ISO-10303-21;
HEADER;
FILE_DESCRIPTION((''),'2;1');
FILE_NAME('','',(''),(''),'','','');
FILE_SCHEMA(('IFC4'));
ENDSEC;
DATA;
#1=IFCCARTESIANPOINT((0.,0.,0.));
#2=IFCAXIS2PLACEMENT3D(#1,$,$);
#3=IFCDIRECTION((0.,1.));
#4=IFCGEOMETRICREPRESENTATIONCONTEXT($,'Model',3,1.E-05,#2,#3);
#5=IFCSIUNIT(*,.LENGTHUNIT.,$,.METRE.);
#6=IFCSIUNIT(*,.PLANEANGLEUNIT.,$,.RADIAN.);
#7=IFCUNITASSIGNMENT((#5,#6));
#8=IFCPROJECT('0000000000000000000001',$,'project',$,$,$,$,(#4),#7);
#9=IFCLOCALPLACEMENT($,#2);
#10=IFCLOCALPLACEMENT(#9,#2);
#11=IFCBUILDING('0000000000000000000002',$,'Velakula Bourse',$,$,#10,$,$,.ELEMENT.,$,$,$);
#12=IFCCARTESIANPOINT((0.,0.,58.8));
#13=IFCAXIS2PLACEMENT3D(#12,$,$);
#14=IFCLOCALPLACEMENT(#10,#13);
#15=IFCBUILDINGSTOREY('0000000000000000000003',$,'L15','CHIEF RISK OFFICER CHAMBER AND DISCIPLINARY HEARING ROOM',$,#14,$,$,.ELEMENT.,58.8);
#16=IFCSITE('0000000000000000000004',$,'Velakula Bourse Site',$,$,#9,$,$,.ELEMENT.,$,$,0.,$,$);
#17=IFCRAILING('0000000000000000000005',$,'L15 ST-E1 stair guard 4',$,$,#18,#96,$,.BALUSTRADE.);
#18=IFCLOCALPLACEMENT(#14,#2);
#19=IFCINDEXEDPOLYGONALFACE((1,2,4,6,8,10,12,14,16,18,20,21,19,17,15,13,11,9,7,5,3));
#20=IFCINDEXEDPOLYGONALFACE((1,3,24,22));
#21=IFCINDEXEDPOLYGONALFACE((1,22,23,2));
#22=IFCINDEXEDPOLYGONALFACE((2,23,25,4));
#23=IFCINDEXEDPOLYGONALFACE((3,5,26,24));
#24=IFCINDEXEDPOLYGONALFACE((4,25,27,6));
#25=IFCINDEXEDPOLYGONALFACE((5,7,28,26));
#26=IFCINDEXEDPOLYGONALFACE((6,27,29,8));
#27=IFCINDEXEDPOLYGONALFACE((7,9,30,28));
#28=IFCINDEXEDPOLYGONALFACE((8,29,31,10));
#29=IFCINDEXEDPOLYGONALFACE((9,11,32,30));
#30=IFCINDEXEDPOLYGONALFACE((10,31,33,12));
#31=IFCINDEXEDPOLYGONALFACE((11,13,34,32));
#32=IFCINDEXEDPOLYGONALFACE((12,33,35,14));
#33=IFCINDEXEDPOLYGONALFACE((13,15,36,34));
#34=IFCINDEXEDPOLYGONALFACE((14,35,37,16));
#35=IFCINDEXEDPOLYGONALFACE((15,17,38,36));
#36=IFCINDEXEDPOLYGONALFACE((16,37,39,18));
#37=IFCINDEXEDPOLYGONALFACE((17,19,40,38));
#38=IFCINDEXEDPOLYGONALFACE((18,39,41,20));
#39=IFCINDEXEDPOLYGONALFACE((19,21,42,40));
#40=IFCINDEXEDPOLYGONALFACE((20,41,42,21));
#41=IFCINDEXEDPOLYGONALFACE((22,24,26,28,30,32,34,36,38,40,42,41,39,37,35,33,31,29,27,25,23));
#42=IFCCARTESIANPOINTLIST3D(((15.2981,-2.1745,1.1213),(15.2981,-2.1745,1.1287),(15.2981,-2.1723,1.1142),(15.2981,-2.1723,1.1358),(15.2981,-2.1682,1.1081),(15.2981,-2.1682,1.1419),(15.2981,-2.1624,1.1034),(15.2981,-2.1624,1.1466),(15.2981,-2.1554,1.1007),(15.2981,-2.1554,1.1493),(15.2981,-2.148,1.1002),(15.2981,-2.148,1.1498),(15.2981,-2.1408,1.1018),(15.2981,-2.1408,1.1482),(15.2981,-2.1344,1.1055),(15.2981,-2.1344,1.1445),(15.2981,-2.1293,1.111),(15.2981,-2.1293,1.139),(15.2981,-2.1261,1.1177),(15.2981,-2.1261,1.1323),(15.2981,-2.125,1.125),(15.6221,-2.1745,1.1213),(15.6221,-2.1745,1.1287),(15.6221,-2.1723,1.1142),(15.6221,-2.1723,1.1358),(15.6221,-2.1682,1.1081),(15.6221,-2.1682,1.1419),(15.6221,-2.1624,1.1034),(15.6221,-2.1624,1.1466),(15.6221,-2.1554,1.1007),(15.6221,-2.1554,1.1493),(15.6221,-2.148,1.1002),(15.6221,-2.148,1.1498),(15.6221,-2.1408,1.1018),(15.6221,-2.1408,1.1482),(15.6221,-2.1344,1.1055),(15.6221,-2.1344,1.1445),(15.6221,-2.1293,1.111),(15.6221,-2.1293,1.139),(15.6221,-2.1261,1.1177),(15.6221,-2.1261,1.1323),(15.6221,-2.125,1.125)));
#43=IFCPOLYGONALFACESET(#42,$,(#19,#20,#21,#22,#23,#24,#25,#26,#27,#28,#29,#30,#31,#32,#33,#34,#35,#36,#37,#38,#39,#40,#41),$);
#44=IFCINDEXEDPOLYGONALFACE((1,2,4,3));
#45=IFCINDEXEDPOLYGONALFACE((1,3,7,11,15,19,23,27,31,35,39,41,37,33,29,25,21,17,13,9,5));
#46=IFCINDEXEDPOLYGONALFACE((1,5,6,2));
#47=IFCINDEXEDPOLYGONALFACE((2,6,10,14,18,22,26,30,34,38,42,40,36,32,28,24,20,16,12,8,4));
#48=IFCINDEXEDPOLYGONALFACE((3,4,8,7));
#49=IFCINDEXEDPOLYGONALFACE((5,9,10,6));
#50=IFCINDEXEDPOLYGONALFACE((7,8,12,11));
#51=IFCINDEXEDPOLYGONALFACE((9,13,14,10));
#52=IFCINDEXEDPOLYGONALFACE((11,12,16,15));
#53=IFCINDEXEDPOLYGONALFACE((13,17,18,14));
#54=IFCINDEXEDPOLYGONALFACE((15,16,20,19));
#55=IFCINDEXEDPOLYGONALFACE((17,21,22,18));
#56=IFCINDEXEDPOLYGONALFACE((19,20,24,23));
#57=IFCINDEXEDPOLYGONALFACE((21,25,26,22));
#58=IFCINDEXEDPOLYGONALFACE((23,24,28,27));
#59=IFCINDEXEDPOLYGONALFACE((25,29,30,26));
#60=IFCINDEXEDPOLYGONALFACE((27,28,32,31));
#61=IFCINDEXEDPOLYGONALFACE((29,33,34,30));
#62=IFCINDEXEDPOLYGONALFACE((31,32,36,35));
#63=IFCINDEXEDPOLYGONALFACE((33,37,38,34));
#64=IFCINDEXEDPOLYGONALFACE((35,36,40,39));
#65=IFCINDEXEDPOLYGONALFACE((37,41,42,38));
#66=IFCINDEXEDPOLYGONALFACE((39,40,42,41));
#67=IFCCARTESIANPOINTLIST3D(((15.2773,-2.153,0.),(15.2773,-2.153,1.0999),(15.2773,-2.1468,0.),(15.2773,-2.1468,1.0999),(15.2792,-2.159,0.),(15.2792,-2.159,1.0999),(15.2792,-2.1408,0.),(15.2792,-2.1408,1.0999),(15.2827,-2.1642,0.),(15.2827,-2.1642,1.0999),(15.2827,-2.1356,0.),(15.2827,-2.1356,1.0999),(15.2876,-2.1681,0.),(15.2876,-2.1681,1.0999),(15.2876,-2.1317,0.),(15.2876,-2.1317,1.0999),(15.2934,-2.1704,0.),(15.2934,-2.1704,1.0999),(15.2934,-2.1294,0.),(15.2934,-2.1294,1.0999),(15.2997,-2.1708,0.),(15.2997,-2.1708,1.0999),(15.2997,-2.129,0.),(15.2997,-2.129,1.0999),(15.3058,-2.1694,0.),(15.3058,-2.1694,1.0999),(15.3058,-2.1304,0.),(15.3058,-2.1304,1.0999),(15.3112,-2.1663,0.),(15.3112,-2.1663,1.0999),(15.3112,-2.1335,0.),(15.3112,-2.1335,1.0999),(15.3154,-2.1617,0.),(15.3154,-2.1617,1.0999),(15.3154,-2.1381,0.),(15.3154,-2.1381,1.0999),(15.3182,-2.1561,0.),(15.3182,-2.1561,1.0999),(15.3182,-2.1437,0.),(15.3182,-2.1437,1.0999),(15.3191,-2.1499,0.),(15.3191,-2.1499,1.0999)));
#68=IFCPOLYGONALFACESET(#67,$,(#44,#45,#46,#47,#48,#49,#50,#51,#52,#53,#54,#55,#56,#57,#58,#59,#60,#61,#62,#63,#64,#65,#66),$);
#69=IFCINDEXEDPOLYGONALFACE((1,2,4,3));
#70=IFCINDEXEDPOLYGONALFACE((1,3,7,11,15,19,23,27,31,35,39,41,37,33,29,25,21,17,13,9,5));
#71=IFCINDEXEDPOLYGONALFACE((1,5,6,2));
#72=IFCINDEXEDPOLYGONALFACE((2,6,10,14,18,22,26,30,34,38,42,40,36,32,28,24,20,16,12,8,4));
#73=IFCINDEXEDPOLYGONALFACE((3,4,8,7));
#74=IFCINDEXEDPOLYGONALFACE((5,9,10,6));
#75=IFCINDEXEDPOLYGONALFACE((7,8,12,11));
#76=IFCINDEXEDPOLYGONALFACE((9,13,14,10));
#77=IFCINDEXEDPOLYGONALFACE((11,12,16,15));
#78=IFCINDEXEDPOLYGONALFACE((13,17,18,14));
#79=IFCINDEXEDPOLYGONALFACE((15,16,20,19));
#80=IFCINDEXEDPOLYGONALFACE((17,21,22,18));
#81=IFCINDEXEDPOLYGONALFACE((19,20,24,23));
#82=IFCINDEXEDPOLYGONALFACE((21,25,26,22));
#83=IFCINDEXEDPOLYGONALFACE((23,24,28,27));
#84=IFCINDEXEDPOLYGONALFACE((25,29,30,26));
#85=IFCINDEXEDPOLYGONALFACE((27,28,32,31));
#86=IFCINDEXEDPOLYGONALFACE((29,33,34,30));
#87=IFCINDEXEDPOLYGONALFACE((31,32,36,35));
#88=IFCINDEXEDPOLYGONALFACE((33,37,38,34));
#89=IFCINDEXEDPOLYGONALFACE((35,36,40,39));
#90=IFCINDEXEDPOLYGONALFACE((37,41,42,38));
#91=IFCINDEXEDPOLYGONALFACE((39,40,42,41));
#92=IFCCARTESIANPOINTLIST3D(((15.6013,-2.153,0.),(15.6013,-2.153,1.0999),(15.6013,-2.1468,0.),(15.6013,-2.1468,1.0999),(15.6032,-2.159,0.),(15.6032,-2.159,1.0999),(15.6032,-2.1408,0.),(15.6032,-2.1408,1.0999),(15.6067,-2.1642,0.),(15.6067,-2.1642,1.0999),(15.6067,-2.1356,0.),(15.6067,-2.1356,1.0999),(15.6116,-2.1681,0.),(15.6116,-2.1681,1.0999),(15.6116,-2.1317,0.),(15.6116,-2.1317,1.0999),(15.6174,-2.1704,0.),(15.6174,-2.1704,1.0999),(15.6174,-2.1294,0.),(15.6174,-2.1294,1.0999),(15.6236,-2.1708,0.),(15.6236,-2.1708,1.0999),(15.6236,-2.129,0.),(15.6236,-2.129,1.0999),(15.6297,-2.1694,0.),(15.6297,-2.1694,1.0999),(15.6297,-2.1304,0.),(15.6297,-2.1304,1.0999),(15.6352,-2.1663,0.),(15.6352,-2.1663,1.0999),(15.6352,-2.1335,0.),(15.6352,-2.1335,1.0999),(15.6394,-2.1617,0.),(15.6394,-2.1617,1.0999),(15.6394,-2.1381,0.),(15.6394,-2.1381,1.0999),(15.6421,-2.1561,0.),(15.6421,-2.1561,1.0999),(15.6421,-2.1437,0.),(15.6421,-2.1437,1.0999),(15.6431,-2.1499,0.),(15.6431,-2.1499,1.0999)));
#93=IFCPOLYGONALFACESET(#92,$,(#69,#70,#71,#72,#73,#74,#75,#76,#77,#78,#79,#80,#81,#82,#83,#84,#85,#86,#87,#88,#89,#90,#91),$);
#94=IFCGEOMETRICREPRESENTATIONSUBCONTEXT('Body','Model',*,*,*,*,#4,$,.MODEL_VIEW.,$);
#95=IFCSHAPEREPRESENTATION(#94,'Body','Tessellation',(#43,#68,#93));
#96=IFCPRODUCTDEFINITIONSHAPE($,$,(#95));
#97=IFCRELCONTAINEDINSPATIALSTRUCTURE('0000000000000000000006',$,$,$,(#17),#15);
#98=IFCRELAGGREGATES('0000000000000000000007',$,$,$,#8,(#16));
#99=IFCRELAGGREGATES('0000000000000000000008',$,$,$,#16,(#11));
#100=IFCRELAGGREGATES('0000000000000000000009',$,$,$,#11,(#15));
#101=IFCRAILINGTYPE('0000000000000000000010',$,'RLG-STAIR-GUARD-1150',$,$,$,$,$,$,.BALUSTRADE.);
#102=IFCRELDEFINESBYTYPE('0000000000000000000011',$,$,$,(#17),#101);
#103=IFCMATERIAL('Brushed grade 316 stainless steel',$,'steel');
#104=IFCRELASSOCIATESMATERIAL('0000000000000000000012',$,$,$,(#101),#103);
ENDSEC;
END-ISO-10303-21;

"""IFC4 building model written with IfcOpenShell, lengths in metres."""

from ifc_helpers import new_model, si_unit, direction, frame, origin, origin_2d, place, context, subcontext, project, spatial, circle, extrude, material, type_object, element, save


model = new_model("IFC4")

# Units and contexts
model_context = context("Model", 3, precision=1e-05, world=origin(), true_north=direction((0.0, 1.0)))
body_context = subcontext(model_context, "Body", "Model", "MODEL_VIEW")
ifc_project = project(units=[si_unit("LENGTHUNIT", "METRE"), si_unit("PLANEANGLEUNIT", "RADIAN")], contexts=[model_context])

# Site, building, storey
site_placement = place(None, origin())
site = spatial("IfcSite", under=ifc_project, at=site_placement, Name="Velakula Bourse Site", CompositionType="ELEMENT", RefElevation=0.0)
building_placement = place(site_placement, origin())
building = spatial("IfcBuilding", under=site, at=building_placement, Name="Velakula Bourse", CompositionType="ELEMENT")
storey_placement = place(building_placement, frame((0.0, 0.0, 58.8)))
storey = spatial("IfcBuildingStorey", under=building, at=storey_placement, Name="L15", Description="CHIEF RISK OFFICER CHAMBER AND DISCIPLINARY HEARING ROOM", CompositionType="ELEMENT", Elevation=58.8)

# Shared definitions
ifc_material_1 = material(Name="Brushed grade 316 stainless steel", Category="steel")

# Railing
railing_type_1 = type_object("IfcRailingType", Name="RLG-STAIR-GUARD-1150", PredefinedType="BALUSTRADE", material=ifc_material_1)
railing_1_placement = place(storey_placement, frame((15.2981, -2.1499, 0.0)))
element("IfcRailing", 1, at=railing_1_placement, inside=storey, type_object=railing_type_1, Name="L15 ST-E1 stair guard 4", PredefinedType="BALUSTRADE", context=body_context, shape_type="SweptSolid", body=[
    extrude(circle(Radius=0.0249, at=origin_2d()), frame((0.0, 0.0, 1.125), z_axis=(1.0, 0.0, 0.0), x_axis=(0.0, 1.0, 0.0)), (0.0, 0.0, 1.0), 0.324),
    extrude(circle(Radius=0.021, at=origin_2d()), origin(), (0.0, 0.0, 1.0), 1.0999),
    extrude(circle(Radius=0.021, at=origin_2d()), frame((0.324, 0.0, 0.0)), (0.0, 0.0, 1.0), 1.0999),
])

save(model, "model.ifc")
